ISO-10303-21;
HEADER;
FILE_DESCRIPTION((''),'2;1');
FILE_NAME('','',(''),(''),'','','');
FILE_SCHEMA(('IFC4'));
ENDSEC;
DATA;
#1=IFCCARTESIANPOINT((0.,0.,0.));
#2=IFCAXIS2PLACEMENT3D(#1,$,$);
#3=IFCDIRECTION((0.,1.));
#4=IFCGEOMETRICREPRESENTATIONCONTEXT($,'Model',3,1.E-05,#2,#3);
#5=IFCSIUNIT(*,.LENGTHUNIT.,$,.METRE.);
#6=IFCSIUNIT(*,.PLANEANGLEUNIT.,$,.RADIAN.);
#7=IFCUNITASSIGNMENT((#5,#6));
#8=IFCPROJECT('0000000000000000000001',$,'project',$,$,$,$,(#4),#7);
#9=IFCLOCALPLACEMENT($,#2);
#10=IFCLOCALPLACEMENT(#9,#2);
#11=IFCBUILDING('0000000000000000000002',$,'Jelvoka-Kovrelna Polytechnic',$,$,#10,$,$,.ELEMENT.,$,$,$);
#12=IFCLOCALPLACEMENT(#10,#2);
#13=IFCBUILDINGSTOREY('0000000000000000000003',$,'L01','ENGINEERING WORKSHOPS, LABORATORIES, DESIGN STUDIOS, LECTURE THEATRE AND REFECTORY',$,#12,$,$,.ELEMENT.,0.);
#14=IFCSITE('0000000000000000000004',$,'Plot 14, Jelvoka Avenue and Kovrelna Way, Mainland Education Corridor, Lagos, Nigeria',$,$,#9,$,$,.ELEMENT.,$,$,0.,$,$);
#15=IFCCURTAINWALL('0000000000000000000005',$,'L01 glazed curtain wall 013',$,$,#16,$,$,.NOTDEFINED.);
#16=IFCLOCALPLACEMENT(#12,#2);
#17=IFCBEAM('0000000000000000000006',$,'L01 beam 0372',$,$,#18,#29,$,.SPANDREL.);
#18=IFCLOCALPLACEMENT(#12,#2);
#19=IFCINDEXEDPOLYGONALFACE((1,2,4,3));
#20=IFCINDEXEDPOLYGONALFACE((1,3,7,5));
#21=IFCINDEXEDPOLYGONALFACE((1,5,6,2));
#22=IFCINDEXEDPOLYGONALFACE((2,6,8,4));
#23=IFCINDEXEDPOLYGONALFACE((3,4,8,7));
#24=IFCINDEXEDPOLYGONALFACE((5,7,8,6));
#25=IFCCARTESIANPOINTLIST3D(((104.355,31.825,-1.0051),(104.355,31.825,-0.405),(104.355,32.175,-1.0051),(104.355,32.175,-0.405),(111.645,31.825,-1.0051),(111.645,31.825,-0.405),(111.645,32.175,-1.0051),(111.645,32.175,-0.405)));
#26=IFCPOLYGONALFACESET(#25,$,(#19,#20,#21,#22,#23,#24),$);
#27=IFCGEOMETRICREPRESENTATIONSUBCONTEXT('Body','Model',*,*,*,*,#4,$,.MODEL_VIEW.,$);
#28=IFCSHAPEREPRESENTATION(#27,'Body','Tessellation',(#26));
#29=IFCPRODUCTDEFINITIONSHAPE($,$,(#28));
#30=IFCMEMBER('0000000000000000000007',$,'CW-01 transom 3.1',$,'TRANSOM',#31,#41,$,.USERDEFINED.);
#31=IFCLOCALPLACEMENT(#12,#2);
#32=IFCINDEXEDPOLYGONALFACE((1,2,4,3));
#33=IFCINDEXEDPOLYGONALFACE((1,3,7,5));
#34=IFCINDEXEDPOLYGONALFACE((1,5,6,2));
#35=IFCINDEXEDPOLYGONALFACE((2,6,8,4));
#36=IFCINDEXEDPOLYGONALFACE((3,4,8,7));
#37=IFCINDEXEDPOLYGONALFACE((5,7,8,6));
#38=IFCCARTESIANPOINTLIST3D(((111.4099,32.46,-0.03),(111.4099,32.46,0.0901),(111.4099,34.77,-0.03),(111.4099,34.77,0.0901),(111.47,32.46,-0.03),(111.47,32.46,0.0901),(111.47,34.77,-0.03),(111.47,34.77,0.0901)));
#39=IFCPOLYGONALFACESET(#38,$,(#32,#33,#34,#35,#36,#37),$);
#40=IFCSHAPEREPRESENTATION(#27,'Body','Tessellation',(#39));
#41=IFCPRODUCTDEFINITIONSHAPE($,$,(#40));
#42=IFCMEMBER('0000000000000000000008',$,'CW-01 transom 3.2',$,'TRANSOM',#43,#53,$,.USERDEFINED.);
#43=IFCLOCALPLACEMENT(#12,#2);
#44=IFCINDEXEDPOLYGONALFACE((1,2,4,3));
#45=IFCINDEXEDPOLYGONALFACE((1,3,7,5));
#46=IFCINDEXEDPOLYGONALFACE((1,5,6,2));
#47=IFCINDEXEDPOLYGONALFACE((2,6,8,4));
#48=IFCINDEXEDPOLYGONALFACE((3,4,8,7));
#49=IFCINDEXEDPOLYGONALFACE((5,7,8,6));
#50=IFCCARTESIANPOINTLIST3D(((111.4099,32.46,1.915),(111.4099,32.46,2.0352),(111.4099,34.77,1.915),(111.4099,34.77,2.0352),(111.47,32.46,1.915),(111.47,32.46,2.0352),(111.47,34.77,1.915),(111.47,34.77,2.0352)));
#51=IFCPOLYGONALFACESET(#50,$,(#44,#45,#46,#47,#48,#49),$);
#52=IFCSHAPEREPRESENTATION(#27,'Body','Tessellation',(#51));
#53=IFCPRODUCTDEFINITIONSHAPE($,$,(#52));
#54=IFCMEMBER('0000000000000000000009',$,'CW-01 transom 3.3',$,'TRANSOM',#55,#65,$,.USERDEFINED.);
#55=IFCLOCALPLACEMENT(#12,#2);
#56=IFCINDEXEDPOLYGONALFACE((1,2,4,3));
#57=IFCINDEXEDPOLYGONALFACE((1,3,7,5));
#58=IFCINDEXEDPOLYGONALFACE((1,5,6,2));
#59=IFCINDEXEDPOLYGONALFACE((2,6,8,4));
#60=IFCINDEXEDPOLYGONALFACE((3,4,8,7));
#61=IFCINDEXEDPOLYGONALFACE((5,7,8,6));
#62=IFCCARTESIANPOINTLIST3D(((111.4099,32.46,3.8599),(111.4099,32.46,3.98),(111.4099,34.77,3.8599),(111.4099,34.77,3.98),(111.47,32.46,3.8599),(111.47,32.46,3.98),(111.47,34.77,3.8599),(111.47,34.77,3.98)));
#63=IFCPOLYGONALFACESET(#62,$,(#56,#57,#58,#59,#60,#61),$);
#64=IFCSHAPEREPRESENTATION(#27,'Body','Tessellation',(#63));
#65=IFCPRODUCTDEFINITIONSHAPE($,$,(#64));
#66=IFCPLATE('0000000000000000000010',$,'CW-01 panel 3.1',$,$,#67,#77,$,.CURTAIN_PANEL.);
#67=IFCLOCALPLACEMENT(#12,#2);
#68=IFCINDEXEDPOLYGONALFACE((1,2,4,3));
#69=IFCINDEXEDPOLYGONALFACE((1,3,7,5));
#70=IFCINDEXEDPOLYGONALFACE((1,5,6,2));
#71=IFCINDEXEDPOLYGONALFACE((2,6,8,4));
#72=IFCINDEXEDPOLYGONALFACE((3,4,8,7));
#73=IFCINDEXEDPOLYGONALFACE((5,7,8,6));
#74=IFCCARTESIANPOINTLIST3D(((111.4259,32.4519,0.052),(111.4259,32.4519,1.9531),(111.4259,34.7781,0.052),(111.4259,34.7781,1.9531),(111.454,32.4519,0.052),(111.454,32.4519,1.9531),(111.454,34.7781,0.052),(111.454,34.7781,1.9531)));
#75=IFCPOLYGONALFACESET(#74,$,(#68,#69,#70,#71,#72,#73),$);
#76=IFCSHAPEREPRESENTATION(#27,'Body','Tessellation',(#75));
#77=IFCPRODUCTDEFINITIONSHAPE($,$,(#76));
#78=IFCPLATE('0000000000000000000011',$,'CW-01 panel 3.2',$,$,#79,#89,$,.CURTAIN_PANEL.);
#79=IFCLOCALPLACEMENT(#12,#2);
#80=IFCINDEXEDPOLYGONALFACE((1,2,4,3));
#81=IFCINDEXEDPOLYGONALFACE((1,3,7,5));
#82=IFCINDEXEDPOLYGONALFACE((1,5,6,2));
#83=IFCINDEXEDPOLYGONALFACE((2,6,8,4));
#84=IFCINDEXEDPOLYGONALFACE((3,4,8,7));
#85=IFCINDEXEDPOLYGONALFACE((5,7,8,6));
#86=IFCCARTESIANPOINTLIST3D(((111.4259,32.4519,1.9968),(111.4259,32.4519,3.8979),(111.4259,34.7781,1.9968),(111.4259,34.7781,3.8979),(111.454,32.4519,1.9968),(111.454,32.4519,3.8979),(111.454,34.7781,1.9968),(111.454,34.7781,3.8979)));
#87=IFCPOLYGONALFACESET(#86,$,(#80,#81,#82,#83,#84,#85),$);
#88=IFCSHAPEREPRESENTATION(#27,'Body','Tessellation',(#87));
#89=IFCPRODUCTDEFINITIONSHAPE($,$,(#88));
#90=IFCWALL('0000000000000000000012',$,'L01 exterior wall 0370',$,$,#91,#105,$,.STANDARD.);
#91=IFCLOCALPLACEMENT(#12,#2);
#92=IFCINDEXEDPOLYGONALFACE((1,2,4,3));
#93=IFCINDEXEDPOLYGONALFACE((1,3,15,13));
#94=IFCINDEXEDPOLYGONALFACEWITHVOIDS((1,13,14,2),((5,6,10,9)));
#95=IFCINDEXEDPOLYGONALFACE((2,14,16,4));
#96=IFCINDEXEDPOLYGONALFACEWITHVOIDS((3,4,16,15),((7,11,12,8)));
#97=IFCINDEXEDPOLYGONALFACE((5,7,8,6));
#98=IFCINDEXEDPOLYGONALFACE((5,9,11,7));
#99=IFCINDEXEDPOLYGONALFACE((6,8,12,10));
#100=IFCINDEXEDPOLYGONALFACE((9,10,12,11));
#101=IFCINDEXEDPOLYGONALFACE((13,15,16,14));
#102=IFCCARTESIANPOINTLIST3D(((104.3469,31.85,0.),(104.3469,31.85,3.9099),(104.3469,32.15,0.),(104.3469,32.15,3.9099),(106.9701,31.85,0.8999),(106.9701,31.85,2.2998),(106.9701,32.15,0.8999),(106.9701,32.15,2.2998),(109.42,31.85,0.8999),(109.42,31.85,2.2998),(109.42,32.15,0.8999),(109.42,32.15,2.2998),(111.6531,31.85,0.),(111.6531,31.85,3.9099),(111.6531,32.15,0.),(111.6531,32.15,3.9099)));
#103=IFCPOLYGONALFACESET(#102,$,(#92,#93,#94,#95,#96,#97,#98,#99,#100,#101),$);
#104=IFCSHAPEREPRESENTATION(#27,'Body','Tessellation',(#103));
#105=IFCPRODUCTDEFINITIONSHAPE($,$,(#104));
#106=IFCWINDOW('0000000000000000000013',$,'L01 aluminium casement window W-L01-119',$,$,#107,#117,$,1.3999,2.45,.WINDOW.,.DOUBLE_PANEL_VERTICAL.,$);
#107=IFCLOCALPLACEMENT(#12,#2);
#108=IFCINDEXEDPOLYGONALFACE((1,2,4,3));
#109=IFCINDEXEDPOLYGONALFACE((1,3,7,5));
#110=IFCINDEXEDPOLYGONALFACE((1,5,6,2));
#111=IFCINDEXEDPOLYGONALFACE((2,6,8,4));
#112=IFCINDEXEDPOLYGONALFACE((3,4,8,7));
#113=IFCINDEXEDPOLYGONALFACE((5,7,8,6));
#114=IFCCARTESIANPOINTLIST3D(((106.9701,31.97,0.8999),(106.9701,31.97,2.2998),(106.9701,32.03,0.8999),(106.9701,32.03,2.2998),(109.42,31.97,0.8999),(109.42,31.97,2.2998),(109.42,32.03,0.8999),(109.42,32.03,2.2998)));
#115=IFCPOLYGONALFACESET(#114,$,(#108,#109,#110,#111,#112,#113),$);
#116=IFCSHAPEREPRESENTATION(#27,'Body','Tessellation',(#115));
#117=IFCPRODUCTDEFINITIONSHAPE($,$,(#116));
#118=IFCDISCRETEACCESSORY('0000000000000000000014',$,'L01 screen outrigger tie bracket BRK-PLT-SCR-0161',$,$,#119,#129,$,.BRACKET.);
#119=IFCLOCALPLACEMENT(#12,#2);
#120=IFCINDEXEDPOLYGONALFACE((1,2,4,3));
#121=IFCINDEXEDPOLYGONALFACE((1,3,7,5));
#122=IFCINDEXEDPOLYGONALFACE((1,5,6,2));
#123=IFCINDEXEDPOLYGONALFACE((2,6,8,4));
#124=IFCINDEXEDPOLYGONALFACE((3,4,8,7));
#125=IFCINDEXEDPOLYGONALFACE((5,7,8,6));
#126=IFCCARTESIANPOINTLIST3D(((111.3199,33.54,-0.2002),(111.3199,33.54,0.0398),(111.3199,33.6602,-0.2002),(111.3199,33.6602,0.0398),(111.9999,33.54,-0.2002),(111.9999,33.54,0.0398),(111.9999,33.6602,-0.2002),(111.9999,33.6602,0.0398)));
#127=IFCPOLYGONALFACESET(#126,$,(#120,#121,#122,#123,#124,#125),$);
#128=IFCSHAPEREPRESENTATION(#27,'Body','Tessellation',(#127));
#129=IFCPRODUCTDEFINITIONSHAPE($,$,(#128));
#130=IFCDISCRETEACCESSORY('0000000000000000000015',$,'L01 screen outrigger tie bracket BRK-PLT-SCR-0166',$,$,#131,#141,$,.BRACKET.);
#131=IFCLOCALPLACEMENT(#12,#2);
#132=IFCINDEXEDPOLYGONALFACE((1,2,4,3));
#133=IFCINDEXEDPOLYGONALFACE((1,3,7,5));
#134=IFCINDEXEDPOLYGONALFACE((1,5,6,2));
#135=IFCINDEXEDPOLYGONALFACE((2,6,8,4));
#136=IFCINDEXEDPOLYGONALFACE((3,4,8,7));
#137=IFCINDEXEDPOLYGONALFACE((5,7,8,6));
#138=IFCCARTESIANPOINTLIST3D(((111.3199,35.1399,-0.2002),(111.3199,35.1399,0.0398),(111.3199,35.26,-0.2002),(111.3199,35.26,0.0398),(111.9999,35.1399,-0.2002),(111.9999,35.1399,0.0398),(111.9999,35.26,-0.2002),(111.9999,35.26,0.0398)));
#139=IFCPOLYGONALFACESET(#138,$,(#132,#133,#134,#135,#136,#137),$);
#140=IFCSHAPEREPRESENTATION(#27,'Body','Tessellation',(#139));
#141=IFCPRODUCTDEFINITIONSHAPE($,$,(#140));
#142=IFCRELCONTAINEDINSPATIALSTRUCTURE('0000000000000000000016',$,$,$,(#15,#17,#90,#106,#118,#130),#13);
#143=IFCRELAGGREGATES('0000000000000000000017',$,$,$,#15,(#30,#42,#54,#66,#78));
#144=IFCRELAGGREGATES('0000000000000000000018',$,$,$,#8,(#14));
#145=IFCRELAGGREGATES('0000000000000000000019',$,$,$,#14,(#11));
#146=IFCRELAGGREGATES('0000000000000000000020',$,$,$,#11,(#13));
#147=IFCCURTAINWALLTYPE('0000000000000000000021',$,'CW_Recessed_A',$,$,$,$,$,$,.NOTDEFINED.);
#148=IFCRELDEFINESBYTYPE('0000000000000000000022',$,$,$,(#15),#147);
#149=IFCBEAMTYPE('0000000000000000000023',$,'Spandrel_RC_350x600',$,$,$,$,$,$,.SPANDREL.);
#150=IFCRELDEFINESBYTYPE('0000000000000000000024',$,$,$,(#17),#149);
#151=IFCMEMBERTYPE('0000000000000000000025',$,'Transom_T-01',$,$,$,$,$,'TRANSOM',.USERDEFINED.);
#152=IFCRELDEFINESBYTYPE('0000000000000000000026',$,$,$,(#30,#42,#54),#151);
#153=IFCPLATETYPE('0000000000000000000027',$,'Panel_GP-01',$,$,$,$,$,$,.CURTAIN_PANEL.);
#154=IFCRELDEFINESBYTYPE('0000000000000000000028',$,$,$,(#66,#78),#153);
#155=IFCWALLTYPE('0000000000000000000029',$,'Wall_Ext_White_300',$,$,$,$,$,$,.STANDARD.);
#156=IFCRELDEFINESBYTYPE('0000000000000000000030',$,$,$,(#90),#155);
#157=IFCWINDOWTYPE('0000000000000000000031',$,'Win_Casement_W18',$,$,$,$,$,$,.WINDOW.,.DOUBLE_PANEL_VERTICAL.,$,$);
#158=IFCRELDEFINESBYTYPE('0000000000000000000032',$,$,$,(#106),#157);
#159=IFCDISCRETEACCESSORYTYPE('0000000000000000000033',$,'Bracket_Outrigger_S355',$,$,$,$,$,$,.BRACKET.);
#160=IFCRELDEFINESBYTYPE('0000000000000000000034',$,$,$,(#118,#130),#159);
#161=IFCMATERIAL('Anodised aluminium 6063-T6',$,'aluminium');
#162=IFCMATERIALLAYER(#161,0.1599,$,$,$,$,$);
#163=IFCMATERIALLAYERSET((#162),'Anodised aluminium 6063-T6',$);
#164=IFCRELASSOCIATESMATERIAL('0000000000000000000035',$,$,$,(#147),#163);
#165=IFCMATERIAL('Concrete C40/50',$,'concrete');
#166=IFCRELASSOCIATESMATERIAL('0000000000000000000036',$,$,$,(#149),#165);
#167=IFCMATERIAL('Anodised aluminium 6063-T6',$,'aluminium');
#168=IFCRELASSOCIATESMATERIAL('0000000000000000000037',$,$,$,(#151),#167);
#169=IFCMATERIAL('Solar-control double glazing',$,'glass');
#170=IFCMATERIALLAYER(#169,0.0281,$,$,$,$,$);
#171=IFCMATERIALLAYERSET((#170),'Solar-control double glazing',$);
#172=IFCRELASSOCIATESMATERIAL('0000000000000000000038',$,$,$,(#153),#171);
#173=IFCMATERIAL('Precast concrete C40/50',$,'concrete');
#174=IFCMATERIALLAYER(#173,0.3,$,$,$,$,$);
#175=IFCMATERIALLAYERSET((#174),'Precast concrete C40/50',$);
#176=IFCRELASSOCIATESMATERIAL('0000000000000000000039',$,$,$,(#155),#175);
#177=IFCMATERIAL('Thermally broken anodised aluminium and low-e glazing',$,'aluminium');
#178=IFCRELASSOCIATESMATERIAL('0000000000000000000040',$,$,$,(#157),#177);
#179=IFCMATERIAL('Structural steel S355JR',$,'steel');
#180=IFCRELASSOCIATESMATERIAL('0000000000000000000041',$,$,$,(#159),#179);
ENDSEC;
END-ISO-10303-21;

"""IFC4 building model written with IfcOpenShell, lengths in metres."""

from ifc_helpers import new_model, si_unit, direction, frame, frame_2d, origin, origin_2d, place, context, subcontext, project, spatial, rectangle, extrude, material, layer, layer_set, material_profile, profile_set, type_object, element, fill, aggregate, save


model = new_model("IFC4")

# Units and contexts
model_context = context("Model", 3, precision=1e-05, world=origin(), true_north=direction((0.0, 1.0)))
body_context = subcontext(model_context, "Body", "Model", "MODEL_VIEW")
ifc_project = project(units=[si_unit("LENGTHUNIT", "METRE"), si_unit("PLANEANGLEUNIT", "RADIAN")], contexts=[model_context])

# Site, building, storey
site_placement = place(None, origin())
site = spatial("IfcSite", under=ifc_project, at=site_placement, Name="Plot 14, Jelvoka Avenue and Kovrelna Way, Mainland Education Corridor, Lagos, Nigeria", CompositionType="ELEMENT", RefElevation=0.0)
building_placement = place(site_placement, origin())
building = spatial("IfcBuilding", under=site, at=building_placement, Name="Jelvoka-Kovrelna Polytechnic", CompositionType="ELEMENT")
storey_placement = place(building_placement, origin())
storey = spatial("IfcBuildingStorey", under=building, at=storey_placement, Name="L01", Description="ENGINEERING WORKSHOPS, LABORATORIES, DESIGN STUDIOS, LECTURE THEATRE AND REFECTORY", CompositionType="ELEMENT", Elevation=0.0)

# Curtain wall
ifc_material_1 = material(Name="Anodised aluminium 6063-T6", Category="aluminium")
ifc_layer_1 = layer(ifc_material_1, 0.1599)
ifc_layer_set_1 = layer_set([ifc_layer_1], Name="Anodised aluminium 6063-T6")
curtain_wall_type = type_object("IfcCurtainWallType", Name="CW_Recessed_A", PredefinedType="NOTDEFINED", material=ifc_layer_set_1)
curtain_wall_placement = place(storey_placement, origin())
curtain_wall = element("IfcCurtainWall", 1, at=curtain_wall_placement, inside=storey, type_object=curtain_wall_type, Name="L01 glazed curtain wall 013", PredefinedType="NOTDEFINED")

# Beam
ifc_material_2 = material(Name="Concrete C40/50", Category="concrete")
ifc_material_profile_1 = material_profile(ifc_material_2, rectangle(XDim=0.3501, YDim=0.6001, at=origin_2d()), Name="RC 350x600")
ifc_profile_set_1 = profile_set([ifc_material_profile_1], Name="Concrete C40/50")
beam_type_1 = type_object("IfcBeamType", Name="Spandrel_RC_350x600", PredefinedType="SPANDREL", material=ifc_profile_set_1)
beam_1_placement = place(storey_placement, frame((104.355, 32.0, -0.7051), z_axis=(1.0, 0.0, 0.0), x_axis=(0.0, 1.0, 0.0)))
element("IfcBeam", 2, at=beam_1_placement, inside=storey, type_object=beam_type_1, Name="L01 beam 0372", PredefinedType="SPANDREL", context=body_context, shape_type="SweptSolid", body=[
    extrude(rectangle(XDim=0.3501, YDim=0.6001, at=origin_2d()), origin(), (0.0, 0.0, 1.0), 7.29),
])

# Members
ifc_material_3 = material(Name="Anodised aluminium 6063-T6", Category="aluminium")
ifc_material_profile_2 = material_profile(ifc_material_3, rectangle(XDim=0.0601, YDim=0.1201, at=origin_2d()), Name="ALU 60x120")
ifc_profile_set_2 = profile_set([ifc_material_profile_2], Name="Anodised aluminium 6063-T6")
member_type_1 = type_object("IfcMemberType", Name="Transom_T-01", ElementType="TRANSOM", PredefinedType="USERDEFINED", material=ifc_profile_set_2)
member_1_placement = place(storey_placement, frame((111.4399, 34.77, 0.03), z_axis=(0.0, -1.0, 0.0), x_axis=(1.0, 0.0, 0.0)))
member_1 = element("IfcMember", 3, at=member_1_placement, type_object=member_type_1, Name="CW-01 transom 3.1", ObjectType="TRANSOM", PredefinedType="USERDEFINED", context=body_context, shape_type="SweptSolid", body=[
    extrude(rectangle(XDim=0.0601, YDim=0.1201, at=origin_2d()), origin(), (0.0, 0.0, 1.0), 2.3101),
])
member_2_placement = place(storey_placement, frame((111.4399, 34.77, 1.9751), z_axis=(0.0, -1.0, 0.0), x_axis=(1.0, 0.0, 0.0)))
member_2 = element("IfcMember", 4, at=member_2_placement, type_object=member_type_1, Name="CW-01 transom 3.2", ObjectType="TRANSOM", PredefinedType="USERDEFINED", context=body_context, shape_type="SweptSolid", body=[
    extrude(rectangle(XDim=0.0601, YDim=0.1201, at=origin_2d()), origin(), (0.0, 0.0, 1.0), 2.3101),
])
member_3_placement = place(storey_placement, frame((111.4399, 34.77, 3.9199), z_axis=(0.0, -1.0, 0.0), x_axis=(1.0, 0.0, 0.0)))
member_3 = element("IfcMember", 5, at=member_3_placement, type_object=member_type_1, Name="CW-01 transom 3.3", ObjectType="TRANSOM", PredefinedType="USERDEFINED", context=body_context, shape_type="SweptSolid", body=[
    extrude(rectangle(XDim=0.0601, YDim=0.1201, at=origin_2d()), origin(), (0.0, 0.0, 1.0), 2.3101),
])

# Plates
ifc_material_4 = material(Name="Solar-control double glazing", Category="glass")
ifc_layer_2 = layer(ifc_material_4, 0.0281)
ifc_layer_set_2 = layer_set([ifc_layer_2], Name="Solar-control double glazing")
plate_type = type_object("IfcPlateType", Name="Panel_GP-01", PredefinedType="CURTAIN_PANEL", material=ifc_layer_set_2)
plate_1_placement = place(storey_placement, frame((111.4399, 33.615, 0.052), z_axis=(0.0, 0.0, 1.0), x_axis=(0.0, -1.0, 0.0)))
plate_1 = element("IfcPlate", 6, at=plate_1_placement, type_object=plate_type, Name="CW-01 panel 3.1", PredefinedType="CURTAIN_PANEL", context=body_context, shape_type="SweptSolid", body=[
    extrude(rectangle(XDim=2.3262, YDim=0.0281, at=origin_2d()), origin(), (0.0, 0.0, 1.0), 1.9011),
])
plate_2_placement = place(storey_placement, frame((111.4399, 33.615, 1.9968), z_axis=(0.0, 0.0, 1.0), x_axis=(0.0, -1.0, 0.0)))
plate_2 = element("IfcPlate", 7, at=plate_2_placement, type_object=plate_type, Name="CW-01 panel 3.2", PredefinedType="CURTAIN_PANEL", context=body_context, shape_type="SweptSolid", body=[
    extrude(rectangle(XDim=2.3262, YDim=0.0281, at=origin_2d()), origin(), (0.0, 0.0, 1.0), 1.9011),
])
aggregate(curtain_wall, [member_1, member_2, member_3, plate_1, plate_2])

# Shared definitions
ifc_material_5 = material(Name="Precast concrete C40/50", Category="concrete")
ifc_layer_3 = layer(ifc_material_5, 0.3)
ifc_layer_set_3 = layer_set([ifc_layer_3], Name="Precast concrete C40/50")
wall_type = type_object("IfcWallType", Name="Wall_Ext_White_300", PredefinedType="STANDARD", material=ifc_layer_set_3)

# Wall, opening, window
wall_1_placement = place(storey_placement, frame((111.6531, 32.0, 0.0), z_axis=(0.0, 0.0, 1.0), x_axis=(-1.0, 0.0, 0.0)))
wall_1 = element("IfcWall", 8, at=wall_1_placement, inside=storey, type_object=wall_type, Name="L01 exterior wall 0370", PredefinedType="STANDARD", context=body_context, shape_type="SweptSolid", body=[
    extrude(rectangle(XDim=7.3062, YDim=0.3, at=frame_2d((3.6531, 0.0))), origin(), (0.0, 0.0, 1.0), 3.9099),
])
opening_1_placement = place(wall_1_placement, frame((2.2329, 0.0, 0.8999)))
opening_1 = element("IfcOpeningElement", 9, at=opening_1_placement, cuts=wall_1, PredefinedType="OPENING", context=body_context, shape_type="SweptSolid", body=[
    extrude(rectangle(XDim=2.45, YDim=1.3999, at=frame_2d((1.2251, 0.7))), frame((0.0, 0.1599, 0.0), z_axis=(0.0, -1.0, 0.0), x_axis=(1.0, 0.0, 0.0)), (0.0, 0.0, 1.0), 0.3201),
])
ifc_material_6 = material(Name="Thermally broken anodised aluminium and low-e glazing", Category="aluminium")
window_type = type_object("IfcWindowType", Name="Win_Casement_W18", PartitioningType="DOUBLE_PANEL_VERTICAL", PredefinedType="WINDOW", material=ifc_material_6)
window_placement = place(opening_1_placement, origin())
window = element("IfcWindow", 10, at=window_placement, inside=storey, type_object=window_type, Name="L01 aluminium casement window W-L01-119", OverallHeight=1.3999, OverallWidth=2.45, PartitioningType="DOUBLE_PANEL_VERTICAL", PredefinedType="WINDOW", context=body_context, shape_type="SweptSolid", body=[
    extrude(rectangle(XDim=2.45, YDim=1.3999, at=frame_2d((1.2251, 0.7))), frame((0.0, 0.03, 0.0), z_axis=(0.0, -1.0, 0.0), x_axis=(1.0, 0.0, 0.0)), (0.0, 0.0, 1.0), 0.0601),
])
fill(opening_1, window)

# Discrete accessories
ifc_material_7 = material(Name="Structural steel S355JR", Category="steel")
discrete_accessory_type = type_object("IfcDiscreteAccessoryType", Name="Bracket_Outrigger_S355", PredefinedType="BRACKET", material=ifc_material_7)
for number, where, z_axis, x_axis, name in (
    (11, (111.6599, 33.6001, -0.2002), (0.0, 0.0, 1.0), (1.0, 0.0, 0.0), "L01 screen outrigger tie bracket BRK-PLT-SCR-0161"),
    (12, (111.6599, 35.2, -0.2002), (0.0, 0.0, 1.0), (1.0, 0.0, 0.0), "L01 screen outrigger tie bracket BRK-PLT-SCR-0166"),
):
    element("IfcDiscreteAccessory", number, at=place(storey_placement, frame(where, z_axis=z_axis, x_axis=x_axis)), inside=storey, type_object=discrete_accessory_type, Name=name, PredefinedType="BRACKET", context=body_context, shape_type="SweptSolid", body=[
        extrude(rectangle(XDim=0.6799, YDim=0.1201, at=origin_2d()), origin(), (0.0, 0.0, 1.0), 0.24),
    ])

save(model, "model.ifc")
